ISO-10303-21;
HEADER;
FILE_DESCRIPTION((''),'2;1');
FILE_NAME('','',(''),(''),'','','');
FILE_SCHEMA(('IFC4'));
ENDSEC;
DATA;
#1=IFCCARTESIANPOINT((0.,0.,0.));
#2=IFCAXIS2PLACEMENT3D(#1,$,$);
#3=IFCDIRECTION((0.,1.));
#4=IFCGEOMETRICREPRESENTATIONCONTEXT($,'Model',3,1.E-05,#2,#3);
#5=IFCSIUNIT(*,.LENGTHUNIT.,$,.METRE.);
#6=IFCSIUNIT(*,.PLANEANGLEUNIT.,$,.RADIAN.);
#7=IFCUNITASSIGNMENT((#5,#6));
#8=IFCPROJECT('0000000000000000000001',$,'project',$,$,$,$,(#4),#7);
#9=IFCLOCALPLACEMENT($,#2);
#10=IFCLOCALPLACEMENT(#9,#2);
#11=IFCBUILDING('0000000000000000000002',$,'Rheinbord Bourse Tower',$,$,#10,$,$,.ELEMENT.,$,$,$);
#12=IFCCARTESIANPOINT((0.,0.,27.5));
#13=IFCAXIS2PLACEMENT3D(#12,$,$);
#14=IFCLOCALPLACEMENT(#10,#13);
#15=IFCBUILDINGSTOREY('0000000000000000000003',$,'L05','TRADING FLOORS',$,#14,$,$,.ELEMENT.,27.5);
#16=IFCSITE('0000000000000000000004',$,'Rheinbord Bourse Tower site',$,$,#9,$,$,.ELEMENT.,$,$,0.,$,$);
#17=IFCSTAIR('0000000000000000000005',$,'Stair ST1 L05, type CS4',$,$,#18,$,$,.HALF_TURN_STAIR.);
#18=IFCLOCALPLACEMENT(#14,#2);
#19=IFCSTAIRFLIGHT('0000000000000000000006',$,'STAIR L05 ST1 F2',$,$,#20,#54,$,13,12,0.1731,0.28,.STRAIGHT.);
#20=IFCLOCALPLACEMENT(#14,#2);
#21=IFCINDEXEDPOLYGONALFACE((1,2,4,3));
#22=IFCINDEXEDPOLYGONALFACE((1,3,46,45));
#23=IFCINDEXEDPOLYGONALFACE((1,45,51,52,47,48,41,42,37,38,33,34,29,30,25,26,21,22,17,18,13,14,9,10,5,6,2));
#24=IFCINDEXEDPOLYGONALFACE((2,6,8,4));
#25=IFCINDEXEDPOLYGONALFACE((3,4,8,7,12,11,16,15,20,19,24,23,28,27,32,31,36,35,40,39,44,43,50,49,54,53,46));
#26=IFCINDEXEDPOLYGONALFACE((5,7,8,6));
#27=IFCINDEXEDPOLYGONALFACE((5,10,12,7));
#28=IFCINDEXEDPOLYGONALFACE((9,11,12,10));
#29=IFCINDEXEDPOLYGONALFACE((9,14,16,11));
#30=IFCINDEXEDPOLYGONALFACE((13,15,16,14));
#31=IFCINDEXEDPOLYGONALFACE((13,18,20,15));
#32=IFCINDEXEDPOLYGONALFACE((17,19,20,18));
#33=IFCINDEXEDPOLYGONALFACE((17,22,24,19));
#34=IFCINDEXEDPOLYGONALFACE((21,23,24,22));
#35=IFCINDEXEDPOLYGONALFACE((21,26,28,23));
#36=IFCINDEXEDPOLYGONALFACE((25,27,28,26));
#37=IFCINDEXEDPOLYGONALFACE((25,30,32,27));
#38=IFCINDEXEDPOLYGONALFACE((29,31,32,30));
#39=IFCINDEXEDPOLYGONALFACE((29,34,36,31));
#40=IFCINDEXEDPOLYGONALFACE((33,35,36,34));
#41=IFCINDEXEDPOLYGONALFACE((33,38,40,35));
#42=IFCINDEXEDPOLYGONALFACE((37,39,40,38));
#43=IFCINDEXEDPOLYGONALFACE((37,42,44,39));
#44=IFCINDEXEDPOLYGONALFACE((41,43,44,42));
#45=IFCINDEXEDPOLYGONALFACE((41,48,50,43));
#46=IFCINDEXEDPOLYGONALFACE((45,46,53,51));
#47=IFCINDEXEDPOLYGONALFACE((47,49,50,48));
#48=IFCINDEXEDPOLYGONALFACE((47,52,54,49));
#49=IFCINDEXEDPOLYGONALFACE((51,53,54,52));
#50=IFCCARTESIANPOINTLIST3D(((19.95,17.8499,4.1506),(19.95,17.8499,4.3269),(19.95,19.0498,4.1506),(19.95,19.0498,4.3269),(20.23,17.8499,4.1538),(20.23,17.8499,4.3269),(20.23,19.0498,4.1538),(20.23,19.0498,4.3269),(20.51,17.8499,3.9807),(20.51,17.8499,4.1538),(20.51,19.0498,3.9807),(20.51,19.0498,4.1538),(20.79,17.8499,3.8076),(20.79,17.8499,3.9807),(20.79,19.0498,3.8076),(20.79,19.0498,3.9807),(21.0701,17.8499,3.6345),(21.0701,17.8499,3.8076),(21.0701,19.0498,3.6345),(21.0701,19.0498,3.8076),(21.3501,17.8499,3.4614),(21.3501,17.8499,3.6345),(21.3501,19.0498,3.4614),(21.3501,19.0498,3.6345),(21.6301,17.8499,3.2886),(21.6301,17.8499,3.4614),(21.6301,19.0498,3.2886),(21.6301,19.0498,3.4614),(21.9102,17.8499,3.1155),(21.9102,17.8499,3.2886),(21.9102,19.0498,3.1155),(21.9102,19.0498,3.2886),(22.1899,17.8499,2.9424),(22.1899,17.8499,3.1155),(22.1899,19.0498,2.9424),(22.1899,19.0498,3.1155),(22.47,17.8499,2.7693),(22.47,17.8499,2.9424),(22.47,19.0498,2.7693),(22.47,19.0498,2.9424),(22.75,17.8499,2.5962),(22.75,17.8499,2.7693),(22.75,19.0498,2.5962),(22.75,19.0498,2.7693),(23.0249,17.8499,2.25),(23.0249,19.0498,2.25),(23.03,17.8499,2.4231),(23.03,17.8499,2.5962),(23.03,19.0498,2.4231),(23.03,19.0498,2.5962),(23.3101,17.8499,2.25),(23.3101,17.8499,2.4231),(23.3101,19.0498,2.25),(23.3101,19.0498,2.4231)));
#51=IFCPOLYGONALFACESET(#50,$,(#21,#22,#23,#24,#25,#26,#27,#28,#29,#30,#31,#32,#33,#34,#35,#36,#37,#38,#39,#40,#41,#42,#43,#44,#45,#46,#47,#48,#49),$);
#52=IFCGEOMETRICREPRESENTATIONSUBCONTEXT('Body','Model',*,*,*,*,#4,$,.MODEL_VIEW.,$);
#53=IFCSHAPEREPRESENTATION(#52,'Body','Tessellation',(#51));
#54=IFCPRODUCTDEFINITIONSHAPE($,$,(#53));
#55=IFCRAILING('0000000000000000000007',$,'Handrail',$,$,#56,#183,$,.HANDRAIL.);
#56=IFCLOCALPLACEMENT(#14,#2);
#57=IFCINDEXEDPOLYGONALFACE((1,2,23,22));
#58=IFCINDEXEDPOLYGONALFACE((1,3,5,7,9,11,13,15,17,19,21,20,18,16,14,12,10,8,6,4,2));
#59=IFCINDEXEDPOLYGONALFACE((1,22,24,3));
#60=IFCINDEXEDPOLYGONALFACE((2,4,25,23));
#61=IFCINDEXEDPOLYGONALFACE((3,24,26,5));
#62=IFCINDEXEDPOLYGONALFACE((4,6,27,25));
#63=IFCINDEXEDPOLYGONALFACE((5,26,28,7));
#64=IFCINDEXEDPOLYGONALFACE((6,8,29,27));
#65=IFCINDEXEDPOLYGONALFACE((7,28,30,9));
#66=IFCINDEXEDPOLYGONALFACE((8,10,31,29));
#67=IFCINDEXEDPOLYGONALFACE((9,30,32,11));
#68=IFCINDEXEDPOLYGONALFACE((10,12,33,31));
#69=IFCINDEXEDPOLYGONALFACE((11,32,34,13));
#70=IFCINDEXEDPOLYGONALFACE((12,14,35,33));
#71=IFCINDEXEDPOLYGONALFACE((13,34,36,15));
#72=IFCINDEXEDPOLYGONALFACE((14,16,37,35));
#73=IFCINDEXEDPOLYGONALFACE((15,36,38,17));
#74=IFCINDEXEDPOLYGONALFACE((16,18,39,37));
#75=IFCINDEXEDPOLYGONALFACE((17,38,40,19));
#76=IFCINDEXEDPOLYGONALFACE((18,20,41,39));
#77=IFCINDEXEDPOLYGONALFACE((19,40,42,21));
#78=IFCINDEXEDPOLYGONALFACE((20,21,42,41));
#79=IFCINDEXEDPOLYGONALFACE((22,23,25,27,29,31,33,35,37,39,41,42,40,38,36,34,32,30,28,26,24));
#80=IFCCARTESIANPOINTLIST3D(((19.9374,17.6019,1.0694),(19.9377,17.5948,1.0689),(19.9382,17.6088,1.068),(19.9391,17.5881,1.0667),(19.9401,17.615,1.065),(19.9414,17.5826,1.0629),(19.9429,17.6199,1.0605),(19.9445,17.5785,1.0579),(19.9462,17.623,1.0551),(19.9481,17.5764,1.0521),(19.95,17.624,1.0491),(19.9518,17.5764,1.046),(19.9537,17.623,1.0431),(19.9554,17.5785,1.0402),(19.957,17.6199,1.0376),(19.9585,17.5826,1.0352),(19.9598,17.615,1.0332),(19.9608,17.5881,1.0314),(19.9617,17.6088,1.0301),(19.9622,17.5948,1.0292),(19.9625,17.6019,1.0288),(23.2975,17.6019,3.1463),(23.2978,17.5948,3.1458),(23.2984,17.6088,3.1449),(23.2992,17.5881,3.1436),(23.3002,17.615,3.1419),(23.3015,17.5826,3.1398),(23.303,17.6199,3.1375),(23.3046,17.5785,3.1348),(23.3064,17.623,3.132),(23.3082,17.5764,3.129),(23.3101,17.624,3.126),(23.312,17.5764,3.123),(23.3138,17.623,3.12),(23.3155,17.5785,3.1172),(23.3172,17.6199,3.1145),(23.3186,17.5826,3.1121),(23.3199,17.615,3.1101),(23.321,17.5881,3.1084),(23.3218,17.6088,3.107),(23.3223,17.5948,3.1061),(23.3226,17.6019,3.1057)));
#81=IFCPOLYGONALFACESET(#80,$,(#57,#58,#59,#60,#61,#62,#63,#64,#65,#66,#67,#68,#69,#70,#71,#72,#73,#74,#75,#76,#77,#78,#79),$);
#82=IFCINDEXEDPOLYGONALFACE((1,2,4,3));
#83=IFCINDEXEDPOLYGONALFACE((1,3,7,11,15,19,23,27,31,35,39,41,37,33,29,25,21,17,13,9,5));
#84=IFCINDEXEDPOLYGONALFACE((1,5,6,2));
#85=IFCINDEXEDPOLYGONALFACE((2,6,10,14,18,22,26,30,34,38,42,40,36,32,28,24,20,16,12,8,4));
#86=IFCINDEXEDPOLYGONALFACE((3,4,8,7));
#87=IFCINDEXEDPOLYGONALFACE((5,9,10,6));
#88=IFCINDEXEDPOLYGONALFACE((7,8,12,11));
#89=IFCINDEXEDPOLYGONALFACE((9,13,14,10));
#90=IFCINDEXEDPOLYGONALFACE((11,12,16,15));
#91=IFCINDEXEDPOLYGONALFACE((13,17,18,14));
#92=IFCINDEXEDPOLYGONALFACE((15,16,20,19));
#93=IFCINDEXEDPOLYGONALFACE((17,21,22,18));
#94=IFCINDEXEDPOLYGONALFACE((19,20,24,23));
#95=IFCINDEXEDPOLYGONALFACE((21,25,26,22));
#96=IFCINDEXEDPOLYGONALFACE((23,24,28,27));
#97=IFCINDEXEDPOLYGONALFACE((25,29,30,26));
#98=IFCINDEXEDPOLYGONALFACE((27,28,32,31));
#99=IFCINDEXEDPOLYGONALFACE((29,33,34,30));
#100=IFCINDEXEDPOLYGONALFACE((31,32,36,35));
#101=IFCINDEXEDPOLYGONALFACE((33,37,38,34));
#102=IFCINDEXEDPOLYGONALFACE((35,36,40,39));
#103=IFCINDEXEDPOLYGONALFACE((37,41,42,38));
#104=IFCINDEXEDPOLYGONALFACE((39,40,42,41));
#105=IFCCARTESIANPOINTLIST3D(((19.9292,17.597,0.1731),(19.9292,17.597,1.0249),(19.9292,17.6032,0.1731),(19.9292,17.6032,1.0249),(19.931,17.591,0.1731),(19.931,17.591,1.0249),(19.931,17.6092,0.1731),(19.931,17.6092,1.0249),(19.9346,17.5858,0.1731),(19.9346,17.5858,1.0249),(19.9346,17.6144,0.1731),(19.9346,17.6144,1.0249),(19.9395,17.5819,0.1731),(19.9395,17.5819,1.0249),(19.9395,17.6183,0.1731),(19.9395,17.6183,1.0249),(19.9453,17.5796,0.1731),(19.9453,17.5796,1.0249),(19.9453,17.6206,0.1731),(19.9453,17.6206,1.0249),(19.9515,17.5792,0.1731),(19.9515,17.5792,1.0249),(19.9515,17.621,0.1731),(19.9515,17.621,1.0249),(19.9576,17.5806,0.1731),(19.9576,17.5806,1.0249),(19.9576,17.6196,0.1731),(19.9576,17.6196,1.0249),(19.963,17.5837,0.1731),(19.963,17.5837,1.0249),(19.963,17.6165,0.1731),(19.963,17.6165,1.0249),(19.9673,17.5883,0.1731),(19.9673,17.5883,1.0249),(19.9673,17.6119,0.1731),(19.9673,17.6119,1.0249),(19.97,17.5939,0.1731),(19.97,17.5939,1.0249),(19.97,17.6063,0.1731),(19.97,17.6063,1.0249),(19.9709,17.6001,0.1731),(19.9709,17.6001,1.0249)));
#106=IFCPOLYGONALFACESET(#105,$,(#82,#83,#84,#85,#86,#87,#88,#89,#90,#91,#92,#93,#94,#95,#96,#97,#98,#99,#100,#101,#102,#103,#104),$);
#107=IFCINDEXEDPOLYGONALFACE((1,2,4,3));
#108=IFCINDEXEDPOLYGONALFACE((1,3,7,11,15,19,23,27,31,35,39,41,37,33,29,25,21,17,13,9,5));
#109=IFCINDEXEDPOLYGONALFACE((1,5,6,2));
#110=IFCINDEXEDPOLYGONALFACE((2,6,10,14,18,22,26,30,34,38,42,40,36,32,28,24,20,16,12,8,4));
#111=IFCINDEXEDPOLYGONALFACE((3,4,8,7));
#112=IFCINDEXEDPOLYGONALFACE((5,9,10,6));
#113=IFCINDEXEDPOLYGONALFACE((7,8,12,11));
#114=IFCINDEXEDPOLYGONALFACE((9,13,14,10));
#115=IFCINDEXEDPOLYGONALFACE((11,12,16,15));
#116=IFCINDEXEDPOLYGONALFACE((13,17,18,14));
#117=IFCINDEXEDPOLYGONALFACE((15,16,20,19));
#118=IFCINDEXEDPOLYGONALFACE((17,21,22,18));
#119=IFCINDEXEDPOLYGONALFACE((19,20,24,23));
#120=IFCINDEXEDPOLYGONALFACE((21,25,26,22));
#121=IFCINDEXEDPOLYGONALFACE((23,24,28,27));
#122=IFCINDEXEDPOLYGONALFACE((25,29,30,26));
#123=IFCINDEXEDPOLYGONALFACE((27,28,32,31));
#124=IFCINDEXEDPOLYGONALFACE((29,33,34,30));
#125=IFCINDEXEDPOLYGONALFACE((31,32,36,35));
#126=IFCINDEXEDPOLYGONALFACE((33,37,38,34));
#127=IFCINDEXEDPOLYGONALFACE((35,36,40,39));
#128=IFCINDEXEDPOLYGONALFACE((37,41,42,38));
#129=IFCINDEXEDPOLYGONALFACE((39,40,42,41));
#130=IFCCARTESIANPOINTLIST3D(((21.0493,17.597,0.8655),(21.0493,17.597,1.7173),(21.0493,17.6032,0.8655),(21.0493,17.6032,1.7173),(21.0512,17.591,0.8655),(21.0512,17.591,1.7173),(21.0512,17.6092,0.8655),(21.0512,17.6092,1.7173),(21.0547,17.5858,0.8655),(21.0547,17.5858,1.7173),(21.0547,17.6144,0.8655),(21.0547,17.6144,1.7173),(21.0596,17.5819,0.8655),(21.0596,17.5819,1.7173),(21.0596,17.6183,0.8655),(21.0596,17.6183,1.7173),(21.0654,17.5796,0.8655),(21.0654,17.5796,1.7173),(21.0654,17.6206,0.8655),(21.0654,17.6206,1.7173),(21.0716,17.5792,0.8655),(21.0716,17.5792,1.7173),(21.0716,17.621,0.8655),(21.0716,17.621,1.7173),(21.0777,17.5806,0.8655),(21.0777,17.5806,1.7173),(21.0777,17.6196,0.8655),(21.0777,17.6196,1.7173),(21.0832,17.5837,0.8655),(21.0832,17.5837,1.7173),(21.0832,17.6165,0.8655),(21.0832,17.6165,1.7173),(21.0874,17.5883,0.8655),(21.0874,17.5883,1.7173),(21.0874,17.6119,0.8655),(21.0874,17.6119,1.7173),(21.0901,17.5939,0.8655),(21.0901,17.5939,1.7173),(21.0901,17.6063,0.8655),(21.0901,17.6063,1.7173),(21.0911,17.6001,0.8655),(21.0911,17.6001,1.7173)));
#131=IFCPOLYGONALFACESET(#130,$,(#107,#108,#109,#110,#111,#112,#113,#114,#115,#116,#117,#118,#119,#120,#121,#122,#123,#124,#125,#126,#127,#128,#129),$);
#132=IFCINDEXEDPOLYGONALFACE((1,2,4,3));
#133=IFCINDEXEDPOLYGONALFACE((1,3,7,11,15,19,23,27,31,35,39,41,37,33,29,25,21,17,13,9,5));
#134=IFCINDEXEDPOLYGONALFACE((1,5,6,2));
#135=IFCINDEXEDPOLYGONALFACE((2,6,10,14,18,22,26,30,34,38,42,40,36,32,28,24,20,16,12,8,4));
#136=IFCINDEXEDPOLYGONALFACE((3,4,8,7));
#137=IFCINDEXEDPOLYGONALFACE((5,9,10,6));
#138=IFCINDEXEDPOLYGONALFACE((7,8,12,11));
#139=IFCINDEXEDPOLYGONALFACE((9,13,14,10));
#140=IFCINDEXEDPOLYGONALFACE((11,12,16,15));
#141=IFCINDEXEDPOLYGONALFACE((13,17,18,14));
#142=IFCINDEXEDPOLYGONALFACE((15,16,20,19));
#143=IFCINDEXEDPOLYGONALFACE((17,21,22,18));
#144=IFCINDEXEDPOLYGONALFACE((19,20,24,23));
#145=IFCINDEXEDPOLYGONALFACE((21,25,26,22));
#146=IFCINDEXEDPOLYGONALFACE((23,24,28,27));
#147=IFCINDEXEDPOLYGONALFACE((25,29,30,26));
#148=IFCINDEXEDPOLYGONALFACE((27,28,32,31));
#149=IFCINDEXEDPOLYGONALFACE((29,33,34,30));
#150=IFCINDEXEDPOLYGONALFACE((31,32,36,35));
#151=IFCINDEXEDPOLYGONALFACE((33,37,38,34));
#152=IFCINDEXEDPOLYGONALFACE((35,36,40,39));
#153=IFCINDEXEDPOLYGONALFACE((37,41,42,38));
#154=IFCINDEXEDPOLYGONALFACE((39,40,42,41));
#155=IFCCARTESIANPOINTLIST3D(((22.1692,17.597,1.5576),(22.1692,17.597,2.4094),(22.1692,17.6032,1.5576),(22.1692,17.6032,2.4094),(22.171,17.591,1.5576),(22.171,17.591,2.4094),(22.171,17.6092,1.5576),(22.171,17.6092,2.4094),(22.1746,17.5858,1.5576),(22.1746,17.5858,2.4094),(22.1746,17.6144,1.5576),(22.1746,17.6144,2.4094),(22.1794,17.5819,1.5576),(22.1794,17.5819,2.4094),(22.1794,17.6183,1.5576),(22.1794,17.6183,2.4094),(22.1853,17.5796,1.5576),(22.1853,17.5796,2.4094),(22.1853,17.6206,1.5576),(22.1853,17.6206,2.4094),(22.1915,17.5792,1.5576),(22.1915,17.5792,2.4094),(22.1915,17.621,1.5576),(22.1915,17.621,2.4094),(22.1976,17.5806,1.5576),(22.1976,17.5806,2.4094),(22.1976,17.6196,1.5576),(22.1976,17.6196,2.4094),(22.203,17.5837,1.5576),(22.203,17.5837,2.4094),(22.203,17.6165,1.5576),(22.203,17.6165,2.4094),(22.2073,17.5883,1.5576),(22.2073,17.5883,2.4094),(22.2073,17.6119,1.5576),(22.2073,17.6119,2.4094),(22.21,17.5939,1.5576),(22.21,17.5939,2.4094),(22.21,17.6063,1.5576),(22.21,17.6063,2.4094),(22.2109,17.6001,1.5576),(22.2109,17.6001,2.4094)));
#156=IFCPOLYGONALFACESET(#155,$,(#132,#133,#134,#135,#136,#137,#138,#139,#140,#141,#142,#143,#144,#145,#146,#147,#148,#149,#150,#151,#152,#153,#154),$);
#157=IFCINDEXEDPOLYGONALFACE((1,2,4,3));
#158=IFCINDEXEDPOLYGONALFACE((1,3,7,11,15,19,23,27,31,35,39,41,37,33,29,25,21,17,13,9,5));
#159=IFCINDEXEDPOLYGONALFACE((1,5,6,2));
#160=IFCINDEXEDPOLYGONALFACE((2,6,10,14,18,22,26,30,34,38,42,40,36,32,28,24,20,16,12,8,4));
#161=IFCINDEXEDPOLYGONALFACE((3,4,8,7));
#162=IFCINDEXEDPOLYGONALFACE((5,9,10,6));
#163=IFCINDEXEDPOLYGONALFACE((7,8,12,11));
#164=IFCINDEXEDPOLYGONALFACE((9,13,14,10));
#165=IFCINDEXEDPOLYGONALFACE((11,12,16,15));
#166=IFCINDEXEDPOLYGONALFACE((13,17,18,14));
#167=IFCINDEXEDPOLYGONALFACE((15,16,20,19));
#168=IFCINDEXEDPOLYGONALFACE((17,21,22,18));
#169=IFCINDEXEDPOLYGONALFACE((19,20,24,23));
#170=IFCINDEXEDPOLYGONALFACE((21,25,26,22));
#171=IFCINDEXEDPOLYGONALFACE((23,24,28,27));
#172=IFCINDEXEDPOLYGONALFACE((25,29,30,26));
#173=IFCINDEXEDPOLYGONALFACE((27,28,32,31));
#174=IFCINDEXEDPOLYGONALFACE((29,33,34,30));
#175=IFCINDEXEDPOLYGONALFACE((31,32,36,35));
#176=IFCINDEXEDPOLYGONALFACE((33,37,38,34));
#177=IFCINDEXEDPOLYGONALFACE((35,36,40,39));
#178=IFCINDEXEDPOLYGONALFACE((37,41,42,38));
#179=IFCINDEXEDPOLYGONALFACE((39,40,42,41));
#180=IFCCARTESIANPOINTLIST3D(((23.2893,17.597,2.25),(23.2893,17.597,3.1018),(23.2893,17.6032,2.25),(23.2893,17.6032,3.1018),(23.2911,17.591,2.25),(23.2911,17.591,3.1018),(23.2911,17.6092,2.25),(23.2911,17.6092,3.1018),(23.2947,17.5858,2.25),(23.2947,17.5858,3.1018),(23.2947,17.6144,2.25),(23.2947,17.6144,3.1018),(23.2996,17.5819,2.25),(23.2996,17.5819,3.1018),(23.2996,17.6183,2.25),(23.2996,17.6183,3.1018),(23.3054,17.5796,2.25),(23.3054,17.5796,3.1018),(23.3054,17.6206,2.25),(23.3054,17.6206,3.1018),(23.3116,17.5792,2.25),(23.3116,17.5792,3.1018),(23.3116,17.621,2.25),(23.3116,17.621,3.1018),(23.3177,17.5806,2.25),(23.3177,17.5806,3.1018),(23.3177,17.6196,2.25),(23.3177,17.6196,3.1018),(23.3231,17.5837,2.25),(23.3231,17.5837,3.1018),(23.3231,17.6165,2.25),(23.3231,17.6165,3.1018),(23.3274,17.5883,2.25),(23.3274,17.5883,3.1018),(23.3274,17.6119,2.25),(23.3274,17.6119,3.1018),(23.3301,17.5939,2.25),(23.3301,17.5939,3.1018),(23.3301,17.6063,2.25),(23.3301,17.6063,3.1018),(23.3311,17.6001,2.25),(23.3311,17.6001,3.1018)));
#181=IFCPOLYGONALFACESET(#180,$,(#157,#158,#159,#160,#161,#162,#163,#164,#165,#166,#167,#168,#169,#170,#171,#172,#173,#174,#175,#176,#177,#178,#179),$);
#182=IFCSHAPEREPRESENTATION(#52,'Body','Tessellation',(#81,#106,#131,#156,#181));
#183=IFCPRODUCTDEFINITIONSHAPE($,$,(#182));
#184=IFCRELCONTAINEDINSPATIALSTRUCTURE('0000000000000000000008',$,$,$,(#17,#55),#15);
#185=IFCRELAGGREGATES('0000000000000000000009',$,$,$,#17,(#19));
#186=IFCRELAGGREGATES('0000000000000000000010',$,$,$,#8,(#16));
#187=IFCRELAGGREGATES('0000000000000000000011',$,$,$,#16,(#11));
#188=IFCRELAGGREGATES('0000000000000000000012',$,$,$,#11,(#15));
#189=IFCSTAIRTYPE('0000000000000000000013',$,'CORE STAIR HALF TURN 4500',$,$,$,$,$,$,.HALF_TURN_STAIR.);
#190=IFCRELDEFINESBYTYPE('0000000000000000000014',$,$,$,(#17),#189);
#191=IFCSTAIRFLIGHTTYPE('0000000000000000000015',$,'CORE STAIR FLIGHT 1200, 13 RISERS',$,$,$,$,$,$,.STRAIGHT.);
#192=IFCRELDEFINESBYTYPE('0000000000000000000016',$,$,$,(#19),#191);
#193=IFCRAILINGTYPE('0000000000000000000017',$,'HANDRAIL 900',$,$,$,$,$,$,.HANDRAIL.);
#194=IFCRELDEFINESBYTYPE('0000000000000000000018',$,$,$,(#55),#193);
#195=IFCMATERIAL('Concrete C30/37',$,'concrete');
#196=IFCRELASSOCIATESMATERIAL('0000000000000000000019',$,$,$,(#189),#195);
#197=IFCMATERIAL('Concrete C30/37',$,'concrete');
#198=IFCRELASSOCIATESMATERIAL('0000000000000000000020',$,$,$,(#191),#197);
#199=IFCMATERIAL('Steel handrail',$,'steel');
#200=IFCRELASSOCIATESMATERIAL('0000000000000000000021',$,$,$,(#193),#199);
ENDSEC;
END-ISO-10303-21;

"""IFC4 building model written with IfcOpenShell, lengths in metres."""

from ifc_helpers import new_model, si_unit, direction, frame, origin, origin_2d, place, context, subcontext, project, spatial, polyline, circle, outline, extrude, material, type_object, element, aggregate, save


model = new_model("IFC4")

# Units and contexts
model_context = context("Model", 3, precision=1e-05, world=origin(), true_north=direction((0.0, 1.0)))
body_context = subcontext(model_context, "Body", "Model", "MODEL_VIEW")
ifc_project = project(units=[si_unit("LENGTHUNIT", "METRE"), si_unit("PLANEANGLEUNIT", "RADIAN")], contexts=[model_context])

# Site, building, storey
site_placement = place(None, origin())
site = spatial("IfcSite", under=ifc_project, at=site_placement, Name="Rheinbord Bourse Tower site", CompositionType="ELEMENT", RefElevation=0.0)
building_placement = place(site_placement, origin())
building = spatial("IfcBuilding", under=site, at=building_placement, Name="Rheinbord Bourse Tower", CompositionType="ELEMENT")
storey_placement = place(building_placement, frame((0.0, 0.0, 27.5)))
storey = spatial("IfcBuildingStorey", under=building, at=storey_placement, Name="L05", Description="TRADING FLOORS", CompositionType="ELEMENT", Elevation=27.5)

# Stair, stair flight
ifc_material_1 = material(Name="Concrete C30/37", Category="concrete")
stair_type = type_object("IfcStairType", Name="CORE STAIR HALF TURN 4500", PredefinedType="HALF_TURN_STAIR", material=ifc_material_1)
stair_placement = place(storey_placement, origin())
stair = element("IfcStair", 1, at=stair_placement, inside=storey, type_object=stair_type, Name="Stair ST1 L05, type CS4", PredefinedType="HALF_TURN_STAIR")
ifc_material_2 = material(Name="Concrete C30/37", Category="concrete")
stair_flight_type = type_object("IfcStairFlightType", Name="CORE STAIR FLIGHT 1200, 13 RISERS", PredefinedType="STRAIGHT", material=ifc_material_2)
stair_flight_1_placement = place(storey_placement, frame((23.3101, 18.45, 2.25), z_axis=(0.0, 0.0, 1.0), x_axis=(-1.0, 0.0, 0.0)))
stair_flight_1 = element("IfcStairFlight", 2, at=stair_flight_1_placement, type_object=stair_flight_type, Name="STAIR L05 ST1 F2", NumberOfRisers=13, NumberOfTreads=12, PredefinedType="STRAIGHT", RiserHeight=0.1731, TreadLength=0.28, context=body_context, shape_type="SweptSolid", body=[
    extrude(outline(polyline([(0.0, 0.0), (0.0, 0.1731), (0.28, 0.1731), (0.28, 0.3462), (0.5601, 0.3462), (0.5601, 0.5193), (0.8401, 0.5193), (0.8401, 0.6924), (1.1201, 0.6924), (1.1201, 0.8655), (1.3999, 0.8655), (1.3999, 1.0386), (1.6799, 1.0386), (1.6799, 1.2114), (1.96, 1.2114), (1.96, 1.3845), (2.24, 1.3845), (2.24, 1.5576), (2.52, 1.5576), (2.52, 1.7307), (2.8, 1.7307), (2.8, 1.9038), (3.0801, 1.9038), (3.0801, 2.0769), (3.3601, 2.0769), (3.3601, 2.25), (3.3601, 1.9006), (0.2852, 0.0), (0.0, 0.0)])), frame((0.0, 0.6001, 0.0), z_axis=(0.0, -1.0, 0.0), x_axis=(1.0, 0.0, 0.0)), (0.0, 0.0, 1.0), 1.2),
])
aggregate(stair, [stair_flight_1])

# Railing
ifc_material_3 = material(Name="Steel handrail", Category="steel")
railing_type = type_object("IfcRailingType", Name="HANDRAIL 900", PredefinedType="HANDRAIL", material=ifc_material_3)
railing_1_placement = place(storey_placement, frame((19.95, 17.6001, 0.1731)))
element("IfcRailing", 3, at=railing_1_placement, inside=storey, type_object=railing_type, Name="Handrail", PredefinedType="HANDRAIL", context=body_context, shape_type="SweptSolid", body=[
    extrude(circle(Radius=0.0239, at=origin_2d()), frame((0.0, 0.0, 0.876), z_axis=(0.850623, 0.0, 0.525776), x_axis=(0.0, 1.0, 0.0)), (0.0, 0.0, 1.0), 3.9502),
    extrude(circle(Radius=0.021, at=origin_2d()), origin(), (0.0, 0.0, 1.0), 0.8518),
    extrude(circle(Radius=0.021, at=origin_2d()), frame((1.1201, 0.0, 0.6924)), (0.0, 0.0, 1.0), 0.8518),
    extrude(circle(Radius=0.021, at=origin_2d()), frame((2.24, 0.0, 1.3845)), (0.0, 0.0, 1.0), 0.8518),
    extrude(circle(Radius=0.021, at=origin_2d()), frame((3.3601, 0.0, 2.0769)), (0.0, 0.0, 1.0), 0.8518),
])

save(model, "model.ifc")
